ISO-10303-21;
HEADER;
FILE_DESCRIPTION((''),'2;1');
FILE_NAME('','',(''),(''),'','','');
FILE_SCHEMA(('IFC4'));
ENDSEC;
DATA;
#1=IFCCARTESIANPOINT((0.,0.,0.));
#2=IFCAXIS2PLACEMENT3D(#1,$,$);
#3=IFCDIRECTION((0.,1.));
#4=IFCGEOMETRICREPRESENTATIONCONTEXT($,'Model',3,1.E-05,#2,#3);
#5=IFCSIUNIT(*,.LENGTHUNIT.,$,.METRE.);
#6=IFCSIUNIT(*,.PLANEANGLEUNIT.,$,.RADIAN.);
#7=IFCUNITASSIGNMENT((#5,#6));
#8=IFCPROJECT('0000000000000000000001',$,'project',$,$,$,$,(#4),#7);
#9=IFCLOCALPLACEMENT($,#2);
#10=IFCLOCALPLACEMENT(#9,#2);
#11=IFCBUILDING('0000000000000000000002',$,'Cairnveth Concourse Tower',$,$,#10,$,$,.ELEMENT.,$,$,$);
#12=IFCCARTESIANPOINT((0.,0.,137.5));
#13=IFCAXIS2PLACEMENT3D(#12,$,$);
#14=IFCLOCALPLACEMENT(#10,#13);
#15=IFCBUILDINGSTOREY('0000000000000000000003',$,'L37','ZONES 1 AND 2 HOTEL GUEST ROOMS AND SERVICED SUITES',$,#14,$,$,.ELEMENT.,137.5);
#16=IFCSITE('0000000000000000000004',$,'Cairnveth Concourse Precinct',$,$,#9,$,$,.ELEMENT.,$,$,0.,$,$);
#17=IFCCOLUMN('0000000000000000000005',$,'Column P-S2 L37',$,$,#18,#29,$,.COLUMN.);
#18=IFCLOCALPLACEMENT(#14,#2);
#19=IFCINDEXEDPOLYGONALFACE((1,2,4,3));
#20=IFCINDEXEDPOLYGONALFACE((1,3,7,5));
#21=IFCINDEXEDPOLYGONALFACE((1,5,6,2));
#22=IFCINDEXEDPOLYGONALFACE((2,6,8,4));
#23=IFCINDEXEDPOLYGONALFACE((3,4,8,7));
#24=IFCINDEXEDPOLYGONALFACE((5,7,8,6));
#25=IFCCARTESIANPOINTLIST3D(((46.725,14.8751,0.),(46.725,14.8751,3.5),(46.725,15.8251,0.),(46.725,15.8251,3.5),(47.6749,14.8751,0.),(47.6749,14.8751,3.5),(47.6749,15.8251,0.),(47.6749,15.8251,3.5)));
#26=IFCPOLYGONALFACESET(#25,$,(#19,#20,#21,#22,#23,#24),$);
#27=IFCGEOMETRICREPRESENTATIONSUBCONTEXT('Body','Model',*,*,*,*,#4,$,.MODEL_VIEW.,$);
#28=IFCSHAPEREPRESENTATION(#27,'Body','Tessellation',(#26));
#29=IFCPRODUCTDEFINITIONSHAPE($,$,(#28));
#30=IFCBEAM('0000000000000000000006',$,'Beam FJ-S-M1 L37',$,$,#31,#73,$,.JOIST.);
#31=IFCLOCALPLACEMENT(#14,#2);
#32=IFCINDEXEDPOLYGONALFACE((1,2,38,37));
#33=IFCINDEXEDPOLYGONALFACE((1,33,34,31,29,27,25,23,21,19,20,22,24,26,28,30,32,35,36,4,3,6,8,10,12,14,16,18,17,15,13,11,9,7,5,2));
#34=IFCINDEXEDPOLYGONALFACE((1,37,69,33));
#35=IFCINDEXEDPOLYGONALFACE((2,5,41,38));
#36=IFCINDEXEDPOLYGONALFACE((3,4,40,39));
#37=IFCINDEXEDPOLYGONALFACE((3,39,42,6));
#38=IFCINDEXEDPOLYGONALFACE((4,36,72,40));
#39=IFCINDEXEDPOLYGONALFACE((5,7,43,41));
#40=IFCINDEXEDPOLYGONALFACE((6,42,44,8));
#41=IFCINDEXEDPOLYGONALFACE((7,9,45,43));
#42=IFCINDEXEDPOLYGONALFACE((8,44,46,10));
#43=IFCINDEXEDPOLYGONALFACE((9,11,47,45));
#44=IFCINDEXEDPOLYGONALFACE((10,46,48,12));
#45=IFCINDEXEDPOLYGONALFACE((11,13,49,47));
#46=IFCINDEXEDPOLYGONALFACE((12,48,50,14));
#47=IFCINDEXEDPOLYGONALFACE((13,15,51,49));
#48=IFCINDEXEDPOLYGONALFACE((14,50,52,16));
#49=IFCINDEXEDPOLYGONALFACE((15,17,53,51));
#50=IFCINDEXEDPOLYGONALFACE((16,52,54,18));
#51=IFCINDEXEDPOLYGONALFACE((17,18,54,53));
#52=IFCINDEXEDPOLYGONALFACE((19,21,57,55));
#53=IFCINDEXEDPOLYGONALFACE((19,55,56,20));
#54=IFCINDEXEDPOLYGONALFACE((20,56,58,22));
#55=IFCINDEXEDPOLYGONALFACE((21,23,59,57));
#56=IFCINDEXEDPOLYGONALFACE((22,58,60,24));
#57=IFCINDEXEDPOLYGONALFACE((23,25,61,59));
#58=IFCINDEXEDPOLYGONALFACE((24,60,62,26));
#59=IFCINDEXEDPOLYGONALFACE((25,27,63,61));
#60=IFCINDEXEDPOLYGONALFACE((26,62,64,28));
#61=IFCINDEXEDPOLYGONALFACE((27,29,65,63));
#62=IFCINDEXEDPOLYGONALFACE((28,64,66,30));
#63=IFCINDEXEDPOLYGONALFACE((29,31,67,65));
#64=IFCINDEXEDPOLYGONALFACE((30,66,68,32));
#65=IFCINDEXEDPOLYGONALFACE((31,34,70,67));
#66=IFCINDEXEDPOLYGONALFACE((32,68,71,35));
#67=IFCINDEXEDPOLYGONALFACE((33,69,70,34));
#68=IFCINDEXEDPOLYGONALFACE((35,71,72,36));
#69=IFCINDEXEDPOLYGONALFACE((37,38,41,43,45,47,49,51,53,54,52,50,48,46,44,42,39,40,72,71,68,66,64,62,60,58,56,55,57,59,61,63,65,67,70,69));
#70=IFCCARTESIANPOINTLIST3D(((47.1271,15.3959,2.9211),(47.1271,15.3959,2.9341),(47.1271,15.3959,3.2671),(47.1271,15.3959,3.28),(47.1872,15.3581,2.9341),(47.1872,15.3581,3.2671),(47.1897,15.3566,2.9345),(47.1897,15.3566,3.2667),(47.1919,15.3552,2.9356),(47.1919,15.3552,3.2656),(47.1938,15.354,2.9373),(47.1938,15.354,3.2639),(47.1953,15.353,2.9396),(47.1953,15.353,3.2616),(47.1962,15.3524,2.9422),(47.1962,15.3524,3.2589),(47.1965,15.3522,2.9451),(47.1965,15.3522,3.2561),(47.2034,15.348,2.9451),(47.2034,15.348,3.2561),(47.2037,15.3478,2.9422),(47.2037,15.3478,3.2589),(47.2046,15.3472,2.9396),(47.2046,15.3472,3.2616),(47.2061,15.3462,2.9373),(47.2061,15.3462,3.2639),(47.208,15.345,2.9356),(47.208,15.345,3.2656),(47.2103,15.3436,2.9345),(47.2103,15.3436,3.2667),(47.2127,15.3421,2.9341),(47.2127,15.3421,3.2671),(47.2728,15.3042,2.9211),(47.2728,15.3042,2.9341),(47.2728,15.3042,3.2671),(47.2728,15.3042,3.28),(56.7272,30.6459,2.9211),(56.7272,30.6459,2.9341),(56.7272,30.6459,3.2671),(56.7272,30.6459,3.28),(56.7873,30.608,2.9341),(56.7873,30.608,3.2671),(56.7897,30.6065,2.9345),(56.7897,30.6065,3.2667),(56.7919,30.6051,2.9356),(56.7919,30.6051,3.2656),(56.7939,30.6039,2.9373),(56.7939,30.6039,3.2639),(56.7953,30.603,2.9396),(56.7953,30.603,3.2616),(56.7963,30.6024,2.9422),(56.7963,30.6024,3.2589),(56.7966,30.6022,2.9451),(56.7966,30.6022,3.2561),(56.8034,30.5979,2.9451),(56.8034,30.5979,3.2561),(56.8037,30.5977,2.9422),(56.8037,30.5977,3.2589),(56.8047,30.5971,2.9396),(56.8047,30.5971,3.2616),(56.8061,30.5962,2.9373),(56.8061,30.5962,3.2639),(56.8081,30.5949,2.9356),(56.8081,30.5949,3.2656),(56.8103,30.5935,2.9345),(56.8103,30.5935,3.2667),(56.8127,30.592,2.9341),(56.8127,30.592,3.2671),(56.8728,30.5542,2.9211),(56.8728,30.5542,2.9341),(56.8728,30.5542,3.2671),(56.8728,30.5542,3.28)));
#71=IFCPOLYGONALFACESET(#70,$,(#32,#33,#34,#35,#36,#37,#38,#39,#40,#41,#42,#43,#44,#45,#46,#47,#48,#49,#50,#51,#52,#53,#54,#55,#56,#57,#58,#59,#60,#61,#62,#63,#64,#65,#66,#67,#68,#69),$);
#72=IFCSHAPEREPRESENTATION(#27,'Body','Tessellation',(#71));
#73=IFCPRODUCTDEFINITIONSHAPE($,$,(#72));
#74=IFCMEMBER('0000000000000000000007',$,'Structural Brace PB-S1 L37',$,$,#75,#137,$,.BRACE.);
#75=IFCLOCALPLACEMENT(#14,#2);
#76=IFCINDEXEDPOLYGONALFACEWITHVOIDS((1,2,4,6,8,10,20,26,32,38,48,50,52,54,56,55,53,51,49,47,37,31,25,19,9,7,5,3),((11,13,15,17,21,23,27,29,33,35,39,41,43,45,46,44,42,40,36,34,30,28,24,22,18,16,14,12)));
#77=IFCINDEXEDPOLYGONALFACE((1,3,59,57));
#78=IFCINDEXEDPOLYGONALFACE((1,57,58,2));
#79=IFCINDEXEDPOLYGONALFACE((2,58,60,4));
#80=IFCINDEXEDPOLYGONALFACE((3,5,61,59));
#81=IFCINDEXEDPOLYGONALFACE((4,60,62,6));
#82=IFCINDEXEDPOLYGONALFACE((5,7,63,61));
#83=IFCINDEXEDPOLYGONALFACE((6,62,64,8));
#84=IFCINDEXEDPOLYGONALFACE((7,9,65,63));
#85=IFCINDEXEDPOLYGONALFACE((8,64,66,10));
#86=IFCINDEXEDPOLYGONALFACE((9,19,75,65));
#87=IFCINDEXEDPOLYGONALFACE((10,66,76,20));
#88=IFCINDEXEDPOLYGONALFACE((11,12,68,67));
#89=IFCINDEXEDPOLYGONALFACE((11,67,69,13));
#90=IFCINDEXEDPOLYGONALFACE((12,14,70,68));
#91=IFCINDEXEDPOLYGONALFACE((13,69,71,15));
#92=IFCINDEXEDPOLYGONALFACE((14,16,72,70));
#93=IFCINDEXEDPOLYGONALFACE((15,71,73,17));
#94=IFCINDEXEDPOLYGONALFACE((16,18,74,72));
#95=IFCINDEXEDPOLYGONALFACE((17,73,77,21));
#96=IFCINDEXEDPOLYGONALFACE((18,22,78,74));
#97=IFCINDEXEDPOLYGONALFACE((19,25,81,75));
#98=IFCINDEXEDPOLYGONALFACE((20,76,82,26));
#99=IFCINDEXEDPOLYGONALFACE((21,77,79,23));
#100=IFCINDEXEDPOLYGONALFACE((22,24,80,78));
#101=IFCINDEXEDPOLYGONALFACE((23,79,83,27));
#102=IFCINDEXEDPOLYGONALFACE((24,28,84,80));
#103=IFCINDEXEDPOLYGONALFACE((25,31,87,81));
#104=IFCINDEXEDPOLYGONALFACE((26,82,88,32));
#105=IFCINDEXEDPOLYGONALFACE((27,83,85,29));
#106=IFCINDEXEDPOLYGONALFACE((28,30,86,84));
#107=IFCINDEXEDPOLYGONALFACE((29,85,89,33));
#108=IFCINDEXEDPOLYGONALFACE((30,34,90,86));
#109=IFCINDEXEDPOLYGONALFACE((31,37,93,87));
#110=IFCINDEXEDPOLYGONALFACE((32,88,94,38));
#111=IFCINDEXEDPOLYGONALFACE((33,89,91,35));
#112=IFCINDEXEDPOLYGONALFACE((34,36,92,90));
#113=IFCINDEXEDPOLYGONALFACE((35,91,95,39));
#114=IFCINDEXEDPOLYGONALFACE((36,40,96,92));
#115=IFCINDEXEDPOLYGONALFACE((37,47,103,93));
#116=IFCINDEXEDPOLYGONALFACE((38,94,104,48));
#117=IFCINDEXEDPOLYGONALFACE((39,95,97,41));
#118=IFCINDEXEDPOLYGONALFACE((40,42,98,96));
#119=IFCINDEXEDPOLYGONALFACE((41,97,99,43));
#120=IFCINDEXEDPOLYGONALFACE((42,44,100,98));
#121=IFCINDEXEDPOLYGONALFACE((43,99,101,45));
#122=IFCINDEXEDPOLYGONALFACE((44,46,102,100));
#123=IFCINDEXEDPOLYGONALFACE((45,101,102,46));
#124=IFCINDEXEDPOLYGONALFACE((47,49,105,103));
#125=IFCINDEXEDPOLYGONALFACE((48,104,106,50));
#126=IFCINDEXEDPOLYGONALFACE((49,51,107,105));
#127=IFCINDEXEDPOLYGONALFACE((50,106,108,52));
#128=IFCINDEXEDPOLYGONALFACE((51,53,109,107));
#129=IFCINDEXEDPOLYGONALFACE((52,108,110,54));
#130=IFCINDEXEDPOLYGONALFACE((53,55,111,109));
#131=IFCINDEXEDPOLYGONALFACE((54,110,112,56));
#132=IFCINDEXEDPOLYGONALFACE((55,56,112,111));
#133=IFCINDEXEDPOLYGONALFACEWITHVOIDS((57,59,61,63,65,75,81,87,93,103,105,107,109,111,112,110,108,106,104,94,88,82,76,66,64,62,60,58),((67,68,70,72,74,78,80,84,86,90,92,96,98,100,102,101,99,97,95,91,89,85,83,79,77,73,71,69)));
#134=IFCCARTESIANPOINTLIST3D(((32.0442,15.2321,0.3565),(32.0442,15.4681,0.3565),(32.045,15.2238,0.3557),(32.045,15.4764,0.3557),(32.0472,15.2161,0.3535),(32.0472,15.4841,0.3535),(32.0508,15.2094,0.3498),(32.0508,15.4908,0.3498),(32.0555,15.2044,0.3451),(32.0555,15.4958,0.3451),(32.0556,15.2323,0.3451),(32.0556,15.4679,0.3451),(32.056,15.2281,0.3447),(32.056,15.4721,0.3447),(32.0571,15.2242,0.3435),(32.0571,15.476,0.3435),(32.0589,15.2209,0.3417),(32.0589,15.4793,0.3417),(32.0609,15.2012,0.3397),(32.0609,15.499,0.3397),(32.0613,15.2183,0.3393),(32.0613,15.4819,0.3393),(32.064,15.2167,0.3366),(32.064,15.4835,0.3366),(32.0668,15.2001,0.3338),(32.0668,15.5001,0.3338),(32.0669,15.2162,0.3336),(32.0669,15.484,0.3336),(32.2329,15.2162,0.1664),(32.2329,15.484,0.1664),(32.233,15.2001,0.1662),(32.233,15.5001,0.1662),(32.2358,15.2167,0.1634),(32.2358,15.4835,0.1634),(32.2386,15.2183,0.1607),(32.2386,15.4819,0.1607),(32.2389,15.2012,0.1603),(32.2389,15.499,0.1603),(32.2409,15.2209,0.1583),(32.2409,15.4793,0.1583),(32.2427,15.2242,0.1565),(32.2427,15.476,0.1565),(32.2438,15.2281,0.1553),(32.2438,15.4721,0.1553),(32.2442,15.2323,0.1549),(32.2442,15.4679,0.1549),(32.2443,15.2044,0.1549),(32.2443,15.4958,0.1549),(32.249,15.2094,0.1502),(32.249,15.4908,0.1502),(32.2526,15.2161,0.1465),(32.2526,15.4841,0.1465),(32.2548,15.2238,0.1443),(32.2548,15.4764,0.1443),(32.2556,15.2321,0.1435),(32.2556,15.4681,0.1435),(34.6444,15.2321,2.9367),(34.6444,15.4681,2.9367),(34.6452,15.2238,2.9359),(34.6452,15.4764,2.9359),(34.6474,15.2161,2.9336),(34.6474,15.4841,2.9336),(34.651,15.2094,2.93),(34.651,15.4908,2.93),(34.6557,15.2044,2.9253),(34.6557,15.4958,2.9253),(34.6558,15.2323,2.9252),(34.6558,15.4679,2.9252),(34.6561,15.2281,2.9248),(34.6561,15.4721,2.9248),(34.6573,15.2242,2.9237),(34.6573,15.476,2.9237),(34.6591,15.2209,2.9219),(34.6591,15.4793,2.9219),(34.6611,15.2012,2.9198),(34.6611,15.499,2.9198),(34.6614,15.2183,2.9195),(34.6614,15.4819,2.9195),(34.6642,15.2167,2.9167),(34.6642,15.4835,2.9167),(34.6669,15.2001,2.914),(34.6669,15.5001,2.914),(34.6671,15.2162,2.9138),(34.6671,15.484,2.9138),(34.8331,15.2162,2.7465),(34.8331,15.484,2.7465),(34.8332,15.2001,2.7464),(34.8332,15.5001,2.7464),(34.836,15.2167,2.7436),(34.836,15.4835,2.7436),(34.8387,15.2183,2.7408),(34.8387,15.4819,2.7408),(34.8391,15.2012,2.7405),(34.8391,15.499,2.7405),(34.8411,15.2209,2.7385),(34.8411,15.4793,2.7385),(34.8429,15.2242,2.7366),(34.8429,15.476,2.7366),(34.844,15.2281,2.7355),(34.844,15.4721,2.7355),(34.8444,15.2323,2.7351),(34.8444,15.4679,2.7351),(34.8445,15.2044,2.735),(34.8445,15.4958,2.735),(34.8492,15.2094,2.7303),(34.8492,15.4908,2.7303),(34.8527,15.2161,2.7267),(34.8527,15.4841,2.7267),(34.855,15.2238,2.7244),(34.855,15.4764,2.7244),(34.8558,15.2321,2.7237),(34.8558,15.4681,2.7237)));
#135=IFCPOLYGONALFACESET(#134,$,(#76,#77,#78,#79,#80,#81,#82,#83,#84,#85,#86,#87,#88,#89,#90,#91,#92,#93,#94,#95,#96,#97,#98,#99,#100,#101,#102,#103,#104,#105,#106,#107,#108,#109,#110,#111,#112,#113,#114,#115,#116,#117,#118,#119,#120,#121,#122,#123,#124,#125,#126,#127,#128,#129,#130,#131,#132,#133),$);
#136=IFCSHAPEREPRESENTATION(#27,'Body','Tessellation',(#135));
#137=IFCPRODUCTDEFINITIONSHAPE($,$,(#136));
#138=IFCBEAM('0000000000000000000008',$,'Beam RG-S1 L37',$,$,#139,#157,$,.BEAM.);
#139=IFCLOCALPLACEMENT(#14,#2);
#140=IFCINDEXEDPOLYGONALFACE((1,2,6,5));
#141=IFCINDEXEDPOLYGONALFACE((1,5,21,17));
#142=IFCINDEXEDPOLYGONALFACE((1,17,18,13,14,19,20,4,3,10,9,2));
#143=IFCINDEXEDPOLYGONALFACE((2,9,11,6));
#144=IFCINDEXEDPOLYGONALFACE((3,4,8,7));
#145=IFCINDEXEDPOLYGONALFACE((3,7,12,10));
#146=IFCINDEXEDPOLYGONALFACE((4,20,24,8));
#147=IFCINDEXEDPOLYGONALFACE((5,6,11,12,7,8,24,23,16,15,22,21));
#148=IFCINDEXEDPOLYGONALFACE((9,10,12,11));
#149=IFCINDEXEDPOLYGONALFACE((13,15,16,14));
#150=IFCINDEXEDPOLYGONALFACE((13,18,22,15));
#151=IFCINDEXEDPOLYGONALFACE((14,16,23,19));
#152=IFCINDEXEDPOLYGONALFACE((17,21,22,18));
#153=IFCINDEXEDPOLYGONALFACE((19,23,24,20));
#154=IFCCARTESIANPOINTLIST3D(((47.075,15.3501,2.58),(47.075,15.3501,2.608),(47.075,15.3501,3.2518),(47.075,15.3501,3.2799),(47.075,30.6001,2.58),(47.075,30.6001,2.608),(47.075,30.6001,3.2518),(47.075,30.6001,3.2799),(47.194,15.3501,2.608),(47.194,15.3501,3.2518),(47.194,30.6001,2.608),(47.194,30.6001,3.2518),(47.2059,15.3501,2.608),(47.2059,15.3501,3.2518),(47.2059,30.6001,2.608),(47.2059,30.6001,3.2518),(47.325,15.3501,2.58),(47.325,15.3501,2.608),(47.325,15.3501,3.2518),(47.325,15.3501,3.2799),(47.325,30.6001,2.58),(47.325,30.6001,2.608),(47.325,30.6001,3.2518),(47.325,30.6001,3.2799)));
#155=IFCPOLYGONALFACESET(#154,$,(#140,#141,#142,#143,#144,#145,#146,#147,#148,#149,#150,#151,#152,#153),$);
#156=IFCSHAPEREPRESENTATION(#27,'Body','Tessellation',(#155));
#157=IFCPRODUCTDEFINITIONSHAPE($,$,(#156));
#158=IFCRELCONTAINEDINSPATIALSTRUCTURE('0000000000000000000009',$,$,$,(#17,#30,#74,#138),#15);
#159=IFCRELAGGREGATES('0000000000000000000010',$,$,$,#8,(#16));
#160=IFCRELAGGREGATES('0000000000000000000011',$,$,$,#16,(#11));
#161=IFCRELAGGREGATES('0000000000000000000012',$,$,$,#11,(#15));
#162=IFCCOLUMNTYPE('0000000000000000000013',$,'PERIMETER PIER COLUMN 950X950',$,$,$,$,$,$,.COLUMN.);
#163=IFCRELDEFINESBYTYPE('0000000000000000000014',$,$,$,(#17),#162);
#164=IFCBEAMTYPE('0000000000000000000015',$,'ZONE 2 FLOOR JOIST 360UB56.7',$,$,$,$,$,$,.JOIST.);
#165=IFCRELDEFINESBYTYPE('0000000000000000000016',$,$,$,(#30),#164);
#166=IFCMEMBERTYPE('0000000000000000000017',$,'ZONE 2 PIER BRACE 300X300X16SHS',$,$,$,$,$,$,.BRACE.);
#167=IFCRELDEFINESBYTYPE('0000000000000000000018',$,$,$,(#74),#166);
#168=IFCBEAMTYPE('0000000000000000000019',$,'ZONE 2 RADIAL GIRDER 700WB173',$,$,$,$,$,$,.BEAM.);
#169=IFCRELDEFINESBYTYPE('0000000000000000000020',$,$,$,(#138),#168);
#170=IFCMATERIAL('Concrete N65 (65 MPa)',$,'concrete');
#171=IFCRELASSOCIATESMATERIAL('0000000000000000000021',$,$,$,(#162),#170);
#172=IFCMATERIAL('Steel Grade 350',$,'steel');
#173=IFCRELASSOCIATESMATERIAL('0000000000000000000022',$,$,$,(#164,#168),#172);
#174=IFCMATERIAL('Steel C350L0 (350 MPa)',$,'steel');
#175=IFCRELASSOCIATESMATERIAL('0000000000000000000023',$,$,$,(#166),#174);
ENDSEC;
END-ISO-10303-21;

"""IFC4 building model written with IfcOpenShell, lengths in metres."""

from ifc_helpers import new_model, si_unit, direction, frame, origin, origin_2d, place, context, subcontext, project, spatial, rectangle, hollow_rectangle, i_section, extrude, material, material_profile, profile_set, type_object, element, save


model = new_model("IFC4")

# Units and contexts
model_context = context("Model", 3, precision=1e-05, world=origin(), true_north=direction((0.0, 1.0)))
body_context = subcontext(model_context, "Body", "Model", "MODEL_VIEW")
ifc_project = project(units=[si_unit("LENGTHUNIT", "METRE"), si_unit("PLANEANGLEUNIT", "RADIAN")], contexts=[model_context])

# Site, building, storey
site_placement = place(None, origin())
site = spatial("IfcSite", under=ifc_project, at=site_placement, Name="Cairnveth Concourse Precinct", CompositionType="ELEMENT", RefElevation=0.0)
building_placement = place(site_placement, origin())
building = spatial("IfcBuilding", under=site, at=building_placement, Name="Cairnveth Concourse Tower", CompositionType="ELEMENT")
storey_placement = place(building_placement, frame((0.0, 0.0, 137.5)))
storey = spatial("IfcBuildingStorey", under=building, at=storey_placement, Name="L37", Description="ZONES 1 AND 2 HOTEL GUEST ROOMS AND SERVICED SUITES", CompositionType="ELEMENT", Elevation=137.5)

# Column
ifc_material_1 = material(Name="Concrete N65 (65 MPa)", Category="concrete")
ifc_material_profile_1 = material_profile(ifc_material_1, rectangle(XDim=0.95, YDim=0.95, at=origin_2d()), Name="RC-COL-950x950")
ifc_profile_set_1 = profile_set([ifc_material_profile_1], Name="Concrete N65 (65 MPa)")
column_type = type_object("IfcColumnType", Name="PERIMETER PIER COLUMN 950X950", PredefinedType="COLUMN", material=ifc_profile_set_1)
column_placement = place(storey_placement, frame((47.2, 15.3501, 0.0), z_axis=(0.0, 0.0, 1.0), x_axis=(1.0, 0.0, 0.0)))
element("IfcColumn", 1, at=column_placement, inside=storey, type_object=column_type, Name="Column P-S2 L37", PredefinedType="COLUMN", context=body_context, shape_type="SweptSolid", body=[
    extrude(rectangle(XDim=0.95, YDim=0.95, at=origin_2d()), origin(), (0.0, 0.0, 1.0), 3.5),
])

# Beam
ifc_material_2 = material(Name="Steel Grade 350", Category="steel")
ifc_material_profile_2 = material_profile(ifc_material_2, i_section(OverallWidth=0.1721, OverallDepth=0.3589, WebThickness=0.0081, FlangeThickness=0.0129, FilletRadius=0.011, at=origin_2d()), Name="360UB56.7")
ifc_profile_set_2 = profile_set([ifc_material_profile_2], Name="Steel Grade 350")
beam_type_1 = type_object("IfcBeamType", Name="ZONE 2 FLOOR JOIST 360UB56.7", PredefinedType="JOIST", material=ifc_profile_set_2)
beam_1_placement = place(storey_placement, frame((47.2, 15.3501, 3.1006), z_axis=(0.532744, 0.846277, 0.0), x_axis=(-0.846277, 0.532744, 0.0)))
element("IfcBeam", 2, at=beam_1_placement, inside=storey, type_object=beam_type_1, Name="Beam FJ-S-M1 L37", PredefinedType="JOIST", context=body_context, shape_type="SweptSolid", body=[
    extrude(i_section(OverallWidth=0.1721, OverallDepth=0.3589, WebThickness=0.0081, FlangeThickness=0.0129, FilletRadius=0.011, at=origin_2d()), origin(), (0.0, 0.0, 1.0), 18.02),
])

# Member
ifc_material_3 = material(Name="Steel C350L0 (350 MPa)", Category="steel")
ifc_material_profile_3 = material_profile(ifc_material_3, hollow_rectangle(XDim=0.3, YDim=0.3, WallThickness=0.0161, InnerFilletRadius=0.0161, OuterFilletRadius=0.032, at=origin_2d()), Name="300x300x16.0SHS")
ifc_profile_set_3 = profile_set([ifc_material_profile_3], Name="Steel C350L0 (350 MPa)")
member_type = type_object("IfcMemberType", Name="ZONE 2 PIER BRACE 300X300X16SHS", PredefinedType="BRACE", material=ifc_profile_set_3)
member_placement = place(storey_placement, frame((32.1499, 15.3501, 0.25), z_axis=(0.709834, 0.0, 0.704369), x_axis=(0.0, 1.0, 0.0)))
element("IfcMember", 3, at=member_placement, inside=storey, type_object=member_type, Name="Structural Brace PB-S1 L37", PredefinedType="BRACE", context=body_context, shape_type="SweptSolid", body=[
    extrude(hollow_rectangle(XDim=0.3, YDim=0.3, WallThickness=0.0161, InnerFilletRadius=0.0161, OuterFilletRadius=0.032, at=origin_2d()), origin(), (0.0, 0.0, 1.0), 3.6631),
])

# Beam
ifc_material_profile_4 = material_profile(ifc_material_2, i_section(OverallWidth=0.25, OverallDepth=0.7, WebThickness=0.012, FlangeThickness=0.0281, at=origin_2d()), Name="700WB173")
ifc_profile_set_4 = profile_set([ifc_material_profile_4], Name="Steel Grade 350")
beam_type_2 = type_object("IfcBeamType", Name="ZONE 2 RADIAL GIRDER 700WB173", PredefinedType="BEAM", material=ifc_profile_set_4)
beam_2_placement = place(storey_placement, frame((47.2, 15.3501, 2.9299), z_axis=(0.0, 1.0, 0.0), x_axis=(-1.0, 0.0, 0.0)))
element("IfcBeam", 4, at=beam_2_placement, inside=storey, type_object=beam_type_2, Name="Beam RG-S1 L37", PredefinedType="BEAM", context=body_context, shape_type="SweptSolid", body=[
    extrude(i_section(OverallWidth=0.25, OverallDepth=0.7, WebThickness=0.012, FlangeThickness=0.0281, at=origin_2d()), origin(), (0.0, 0.0, 1.0), 15.25),
])

save(model, "model.ifc")
